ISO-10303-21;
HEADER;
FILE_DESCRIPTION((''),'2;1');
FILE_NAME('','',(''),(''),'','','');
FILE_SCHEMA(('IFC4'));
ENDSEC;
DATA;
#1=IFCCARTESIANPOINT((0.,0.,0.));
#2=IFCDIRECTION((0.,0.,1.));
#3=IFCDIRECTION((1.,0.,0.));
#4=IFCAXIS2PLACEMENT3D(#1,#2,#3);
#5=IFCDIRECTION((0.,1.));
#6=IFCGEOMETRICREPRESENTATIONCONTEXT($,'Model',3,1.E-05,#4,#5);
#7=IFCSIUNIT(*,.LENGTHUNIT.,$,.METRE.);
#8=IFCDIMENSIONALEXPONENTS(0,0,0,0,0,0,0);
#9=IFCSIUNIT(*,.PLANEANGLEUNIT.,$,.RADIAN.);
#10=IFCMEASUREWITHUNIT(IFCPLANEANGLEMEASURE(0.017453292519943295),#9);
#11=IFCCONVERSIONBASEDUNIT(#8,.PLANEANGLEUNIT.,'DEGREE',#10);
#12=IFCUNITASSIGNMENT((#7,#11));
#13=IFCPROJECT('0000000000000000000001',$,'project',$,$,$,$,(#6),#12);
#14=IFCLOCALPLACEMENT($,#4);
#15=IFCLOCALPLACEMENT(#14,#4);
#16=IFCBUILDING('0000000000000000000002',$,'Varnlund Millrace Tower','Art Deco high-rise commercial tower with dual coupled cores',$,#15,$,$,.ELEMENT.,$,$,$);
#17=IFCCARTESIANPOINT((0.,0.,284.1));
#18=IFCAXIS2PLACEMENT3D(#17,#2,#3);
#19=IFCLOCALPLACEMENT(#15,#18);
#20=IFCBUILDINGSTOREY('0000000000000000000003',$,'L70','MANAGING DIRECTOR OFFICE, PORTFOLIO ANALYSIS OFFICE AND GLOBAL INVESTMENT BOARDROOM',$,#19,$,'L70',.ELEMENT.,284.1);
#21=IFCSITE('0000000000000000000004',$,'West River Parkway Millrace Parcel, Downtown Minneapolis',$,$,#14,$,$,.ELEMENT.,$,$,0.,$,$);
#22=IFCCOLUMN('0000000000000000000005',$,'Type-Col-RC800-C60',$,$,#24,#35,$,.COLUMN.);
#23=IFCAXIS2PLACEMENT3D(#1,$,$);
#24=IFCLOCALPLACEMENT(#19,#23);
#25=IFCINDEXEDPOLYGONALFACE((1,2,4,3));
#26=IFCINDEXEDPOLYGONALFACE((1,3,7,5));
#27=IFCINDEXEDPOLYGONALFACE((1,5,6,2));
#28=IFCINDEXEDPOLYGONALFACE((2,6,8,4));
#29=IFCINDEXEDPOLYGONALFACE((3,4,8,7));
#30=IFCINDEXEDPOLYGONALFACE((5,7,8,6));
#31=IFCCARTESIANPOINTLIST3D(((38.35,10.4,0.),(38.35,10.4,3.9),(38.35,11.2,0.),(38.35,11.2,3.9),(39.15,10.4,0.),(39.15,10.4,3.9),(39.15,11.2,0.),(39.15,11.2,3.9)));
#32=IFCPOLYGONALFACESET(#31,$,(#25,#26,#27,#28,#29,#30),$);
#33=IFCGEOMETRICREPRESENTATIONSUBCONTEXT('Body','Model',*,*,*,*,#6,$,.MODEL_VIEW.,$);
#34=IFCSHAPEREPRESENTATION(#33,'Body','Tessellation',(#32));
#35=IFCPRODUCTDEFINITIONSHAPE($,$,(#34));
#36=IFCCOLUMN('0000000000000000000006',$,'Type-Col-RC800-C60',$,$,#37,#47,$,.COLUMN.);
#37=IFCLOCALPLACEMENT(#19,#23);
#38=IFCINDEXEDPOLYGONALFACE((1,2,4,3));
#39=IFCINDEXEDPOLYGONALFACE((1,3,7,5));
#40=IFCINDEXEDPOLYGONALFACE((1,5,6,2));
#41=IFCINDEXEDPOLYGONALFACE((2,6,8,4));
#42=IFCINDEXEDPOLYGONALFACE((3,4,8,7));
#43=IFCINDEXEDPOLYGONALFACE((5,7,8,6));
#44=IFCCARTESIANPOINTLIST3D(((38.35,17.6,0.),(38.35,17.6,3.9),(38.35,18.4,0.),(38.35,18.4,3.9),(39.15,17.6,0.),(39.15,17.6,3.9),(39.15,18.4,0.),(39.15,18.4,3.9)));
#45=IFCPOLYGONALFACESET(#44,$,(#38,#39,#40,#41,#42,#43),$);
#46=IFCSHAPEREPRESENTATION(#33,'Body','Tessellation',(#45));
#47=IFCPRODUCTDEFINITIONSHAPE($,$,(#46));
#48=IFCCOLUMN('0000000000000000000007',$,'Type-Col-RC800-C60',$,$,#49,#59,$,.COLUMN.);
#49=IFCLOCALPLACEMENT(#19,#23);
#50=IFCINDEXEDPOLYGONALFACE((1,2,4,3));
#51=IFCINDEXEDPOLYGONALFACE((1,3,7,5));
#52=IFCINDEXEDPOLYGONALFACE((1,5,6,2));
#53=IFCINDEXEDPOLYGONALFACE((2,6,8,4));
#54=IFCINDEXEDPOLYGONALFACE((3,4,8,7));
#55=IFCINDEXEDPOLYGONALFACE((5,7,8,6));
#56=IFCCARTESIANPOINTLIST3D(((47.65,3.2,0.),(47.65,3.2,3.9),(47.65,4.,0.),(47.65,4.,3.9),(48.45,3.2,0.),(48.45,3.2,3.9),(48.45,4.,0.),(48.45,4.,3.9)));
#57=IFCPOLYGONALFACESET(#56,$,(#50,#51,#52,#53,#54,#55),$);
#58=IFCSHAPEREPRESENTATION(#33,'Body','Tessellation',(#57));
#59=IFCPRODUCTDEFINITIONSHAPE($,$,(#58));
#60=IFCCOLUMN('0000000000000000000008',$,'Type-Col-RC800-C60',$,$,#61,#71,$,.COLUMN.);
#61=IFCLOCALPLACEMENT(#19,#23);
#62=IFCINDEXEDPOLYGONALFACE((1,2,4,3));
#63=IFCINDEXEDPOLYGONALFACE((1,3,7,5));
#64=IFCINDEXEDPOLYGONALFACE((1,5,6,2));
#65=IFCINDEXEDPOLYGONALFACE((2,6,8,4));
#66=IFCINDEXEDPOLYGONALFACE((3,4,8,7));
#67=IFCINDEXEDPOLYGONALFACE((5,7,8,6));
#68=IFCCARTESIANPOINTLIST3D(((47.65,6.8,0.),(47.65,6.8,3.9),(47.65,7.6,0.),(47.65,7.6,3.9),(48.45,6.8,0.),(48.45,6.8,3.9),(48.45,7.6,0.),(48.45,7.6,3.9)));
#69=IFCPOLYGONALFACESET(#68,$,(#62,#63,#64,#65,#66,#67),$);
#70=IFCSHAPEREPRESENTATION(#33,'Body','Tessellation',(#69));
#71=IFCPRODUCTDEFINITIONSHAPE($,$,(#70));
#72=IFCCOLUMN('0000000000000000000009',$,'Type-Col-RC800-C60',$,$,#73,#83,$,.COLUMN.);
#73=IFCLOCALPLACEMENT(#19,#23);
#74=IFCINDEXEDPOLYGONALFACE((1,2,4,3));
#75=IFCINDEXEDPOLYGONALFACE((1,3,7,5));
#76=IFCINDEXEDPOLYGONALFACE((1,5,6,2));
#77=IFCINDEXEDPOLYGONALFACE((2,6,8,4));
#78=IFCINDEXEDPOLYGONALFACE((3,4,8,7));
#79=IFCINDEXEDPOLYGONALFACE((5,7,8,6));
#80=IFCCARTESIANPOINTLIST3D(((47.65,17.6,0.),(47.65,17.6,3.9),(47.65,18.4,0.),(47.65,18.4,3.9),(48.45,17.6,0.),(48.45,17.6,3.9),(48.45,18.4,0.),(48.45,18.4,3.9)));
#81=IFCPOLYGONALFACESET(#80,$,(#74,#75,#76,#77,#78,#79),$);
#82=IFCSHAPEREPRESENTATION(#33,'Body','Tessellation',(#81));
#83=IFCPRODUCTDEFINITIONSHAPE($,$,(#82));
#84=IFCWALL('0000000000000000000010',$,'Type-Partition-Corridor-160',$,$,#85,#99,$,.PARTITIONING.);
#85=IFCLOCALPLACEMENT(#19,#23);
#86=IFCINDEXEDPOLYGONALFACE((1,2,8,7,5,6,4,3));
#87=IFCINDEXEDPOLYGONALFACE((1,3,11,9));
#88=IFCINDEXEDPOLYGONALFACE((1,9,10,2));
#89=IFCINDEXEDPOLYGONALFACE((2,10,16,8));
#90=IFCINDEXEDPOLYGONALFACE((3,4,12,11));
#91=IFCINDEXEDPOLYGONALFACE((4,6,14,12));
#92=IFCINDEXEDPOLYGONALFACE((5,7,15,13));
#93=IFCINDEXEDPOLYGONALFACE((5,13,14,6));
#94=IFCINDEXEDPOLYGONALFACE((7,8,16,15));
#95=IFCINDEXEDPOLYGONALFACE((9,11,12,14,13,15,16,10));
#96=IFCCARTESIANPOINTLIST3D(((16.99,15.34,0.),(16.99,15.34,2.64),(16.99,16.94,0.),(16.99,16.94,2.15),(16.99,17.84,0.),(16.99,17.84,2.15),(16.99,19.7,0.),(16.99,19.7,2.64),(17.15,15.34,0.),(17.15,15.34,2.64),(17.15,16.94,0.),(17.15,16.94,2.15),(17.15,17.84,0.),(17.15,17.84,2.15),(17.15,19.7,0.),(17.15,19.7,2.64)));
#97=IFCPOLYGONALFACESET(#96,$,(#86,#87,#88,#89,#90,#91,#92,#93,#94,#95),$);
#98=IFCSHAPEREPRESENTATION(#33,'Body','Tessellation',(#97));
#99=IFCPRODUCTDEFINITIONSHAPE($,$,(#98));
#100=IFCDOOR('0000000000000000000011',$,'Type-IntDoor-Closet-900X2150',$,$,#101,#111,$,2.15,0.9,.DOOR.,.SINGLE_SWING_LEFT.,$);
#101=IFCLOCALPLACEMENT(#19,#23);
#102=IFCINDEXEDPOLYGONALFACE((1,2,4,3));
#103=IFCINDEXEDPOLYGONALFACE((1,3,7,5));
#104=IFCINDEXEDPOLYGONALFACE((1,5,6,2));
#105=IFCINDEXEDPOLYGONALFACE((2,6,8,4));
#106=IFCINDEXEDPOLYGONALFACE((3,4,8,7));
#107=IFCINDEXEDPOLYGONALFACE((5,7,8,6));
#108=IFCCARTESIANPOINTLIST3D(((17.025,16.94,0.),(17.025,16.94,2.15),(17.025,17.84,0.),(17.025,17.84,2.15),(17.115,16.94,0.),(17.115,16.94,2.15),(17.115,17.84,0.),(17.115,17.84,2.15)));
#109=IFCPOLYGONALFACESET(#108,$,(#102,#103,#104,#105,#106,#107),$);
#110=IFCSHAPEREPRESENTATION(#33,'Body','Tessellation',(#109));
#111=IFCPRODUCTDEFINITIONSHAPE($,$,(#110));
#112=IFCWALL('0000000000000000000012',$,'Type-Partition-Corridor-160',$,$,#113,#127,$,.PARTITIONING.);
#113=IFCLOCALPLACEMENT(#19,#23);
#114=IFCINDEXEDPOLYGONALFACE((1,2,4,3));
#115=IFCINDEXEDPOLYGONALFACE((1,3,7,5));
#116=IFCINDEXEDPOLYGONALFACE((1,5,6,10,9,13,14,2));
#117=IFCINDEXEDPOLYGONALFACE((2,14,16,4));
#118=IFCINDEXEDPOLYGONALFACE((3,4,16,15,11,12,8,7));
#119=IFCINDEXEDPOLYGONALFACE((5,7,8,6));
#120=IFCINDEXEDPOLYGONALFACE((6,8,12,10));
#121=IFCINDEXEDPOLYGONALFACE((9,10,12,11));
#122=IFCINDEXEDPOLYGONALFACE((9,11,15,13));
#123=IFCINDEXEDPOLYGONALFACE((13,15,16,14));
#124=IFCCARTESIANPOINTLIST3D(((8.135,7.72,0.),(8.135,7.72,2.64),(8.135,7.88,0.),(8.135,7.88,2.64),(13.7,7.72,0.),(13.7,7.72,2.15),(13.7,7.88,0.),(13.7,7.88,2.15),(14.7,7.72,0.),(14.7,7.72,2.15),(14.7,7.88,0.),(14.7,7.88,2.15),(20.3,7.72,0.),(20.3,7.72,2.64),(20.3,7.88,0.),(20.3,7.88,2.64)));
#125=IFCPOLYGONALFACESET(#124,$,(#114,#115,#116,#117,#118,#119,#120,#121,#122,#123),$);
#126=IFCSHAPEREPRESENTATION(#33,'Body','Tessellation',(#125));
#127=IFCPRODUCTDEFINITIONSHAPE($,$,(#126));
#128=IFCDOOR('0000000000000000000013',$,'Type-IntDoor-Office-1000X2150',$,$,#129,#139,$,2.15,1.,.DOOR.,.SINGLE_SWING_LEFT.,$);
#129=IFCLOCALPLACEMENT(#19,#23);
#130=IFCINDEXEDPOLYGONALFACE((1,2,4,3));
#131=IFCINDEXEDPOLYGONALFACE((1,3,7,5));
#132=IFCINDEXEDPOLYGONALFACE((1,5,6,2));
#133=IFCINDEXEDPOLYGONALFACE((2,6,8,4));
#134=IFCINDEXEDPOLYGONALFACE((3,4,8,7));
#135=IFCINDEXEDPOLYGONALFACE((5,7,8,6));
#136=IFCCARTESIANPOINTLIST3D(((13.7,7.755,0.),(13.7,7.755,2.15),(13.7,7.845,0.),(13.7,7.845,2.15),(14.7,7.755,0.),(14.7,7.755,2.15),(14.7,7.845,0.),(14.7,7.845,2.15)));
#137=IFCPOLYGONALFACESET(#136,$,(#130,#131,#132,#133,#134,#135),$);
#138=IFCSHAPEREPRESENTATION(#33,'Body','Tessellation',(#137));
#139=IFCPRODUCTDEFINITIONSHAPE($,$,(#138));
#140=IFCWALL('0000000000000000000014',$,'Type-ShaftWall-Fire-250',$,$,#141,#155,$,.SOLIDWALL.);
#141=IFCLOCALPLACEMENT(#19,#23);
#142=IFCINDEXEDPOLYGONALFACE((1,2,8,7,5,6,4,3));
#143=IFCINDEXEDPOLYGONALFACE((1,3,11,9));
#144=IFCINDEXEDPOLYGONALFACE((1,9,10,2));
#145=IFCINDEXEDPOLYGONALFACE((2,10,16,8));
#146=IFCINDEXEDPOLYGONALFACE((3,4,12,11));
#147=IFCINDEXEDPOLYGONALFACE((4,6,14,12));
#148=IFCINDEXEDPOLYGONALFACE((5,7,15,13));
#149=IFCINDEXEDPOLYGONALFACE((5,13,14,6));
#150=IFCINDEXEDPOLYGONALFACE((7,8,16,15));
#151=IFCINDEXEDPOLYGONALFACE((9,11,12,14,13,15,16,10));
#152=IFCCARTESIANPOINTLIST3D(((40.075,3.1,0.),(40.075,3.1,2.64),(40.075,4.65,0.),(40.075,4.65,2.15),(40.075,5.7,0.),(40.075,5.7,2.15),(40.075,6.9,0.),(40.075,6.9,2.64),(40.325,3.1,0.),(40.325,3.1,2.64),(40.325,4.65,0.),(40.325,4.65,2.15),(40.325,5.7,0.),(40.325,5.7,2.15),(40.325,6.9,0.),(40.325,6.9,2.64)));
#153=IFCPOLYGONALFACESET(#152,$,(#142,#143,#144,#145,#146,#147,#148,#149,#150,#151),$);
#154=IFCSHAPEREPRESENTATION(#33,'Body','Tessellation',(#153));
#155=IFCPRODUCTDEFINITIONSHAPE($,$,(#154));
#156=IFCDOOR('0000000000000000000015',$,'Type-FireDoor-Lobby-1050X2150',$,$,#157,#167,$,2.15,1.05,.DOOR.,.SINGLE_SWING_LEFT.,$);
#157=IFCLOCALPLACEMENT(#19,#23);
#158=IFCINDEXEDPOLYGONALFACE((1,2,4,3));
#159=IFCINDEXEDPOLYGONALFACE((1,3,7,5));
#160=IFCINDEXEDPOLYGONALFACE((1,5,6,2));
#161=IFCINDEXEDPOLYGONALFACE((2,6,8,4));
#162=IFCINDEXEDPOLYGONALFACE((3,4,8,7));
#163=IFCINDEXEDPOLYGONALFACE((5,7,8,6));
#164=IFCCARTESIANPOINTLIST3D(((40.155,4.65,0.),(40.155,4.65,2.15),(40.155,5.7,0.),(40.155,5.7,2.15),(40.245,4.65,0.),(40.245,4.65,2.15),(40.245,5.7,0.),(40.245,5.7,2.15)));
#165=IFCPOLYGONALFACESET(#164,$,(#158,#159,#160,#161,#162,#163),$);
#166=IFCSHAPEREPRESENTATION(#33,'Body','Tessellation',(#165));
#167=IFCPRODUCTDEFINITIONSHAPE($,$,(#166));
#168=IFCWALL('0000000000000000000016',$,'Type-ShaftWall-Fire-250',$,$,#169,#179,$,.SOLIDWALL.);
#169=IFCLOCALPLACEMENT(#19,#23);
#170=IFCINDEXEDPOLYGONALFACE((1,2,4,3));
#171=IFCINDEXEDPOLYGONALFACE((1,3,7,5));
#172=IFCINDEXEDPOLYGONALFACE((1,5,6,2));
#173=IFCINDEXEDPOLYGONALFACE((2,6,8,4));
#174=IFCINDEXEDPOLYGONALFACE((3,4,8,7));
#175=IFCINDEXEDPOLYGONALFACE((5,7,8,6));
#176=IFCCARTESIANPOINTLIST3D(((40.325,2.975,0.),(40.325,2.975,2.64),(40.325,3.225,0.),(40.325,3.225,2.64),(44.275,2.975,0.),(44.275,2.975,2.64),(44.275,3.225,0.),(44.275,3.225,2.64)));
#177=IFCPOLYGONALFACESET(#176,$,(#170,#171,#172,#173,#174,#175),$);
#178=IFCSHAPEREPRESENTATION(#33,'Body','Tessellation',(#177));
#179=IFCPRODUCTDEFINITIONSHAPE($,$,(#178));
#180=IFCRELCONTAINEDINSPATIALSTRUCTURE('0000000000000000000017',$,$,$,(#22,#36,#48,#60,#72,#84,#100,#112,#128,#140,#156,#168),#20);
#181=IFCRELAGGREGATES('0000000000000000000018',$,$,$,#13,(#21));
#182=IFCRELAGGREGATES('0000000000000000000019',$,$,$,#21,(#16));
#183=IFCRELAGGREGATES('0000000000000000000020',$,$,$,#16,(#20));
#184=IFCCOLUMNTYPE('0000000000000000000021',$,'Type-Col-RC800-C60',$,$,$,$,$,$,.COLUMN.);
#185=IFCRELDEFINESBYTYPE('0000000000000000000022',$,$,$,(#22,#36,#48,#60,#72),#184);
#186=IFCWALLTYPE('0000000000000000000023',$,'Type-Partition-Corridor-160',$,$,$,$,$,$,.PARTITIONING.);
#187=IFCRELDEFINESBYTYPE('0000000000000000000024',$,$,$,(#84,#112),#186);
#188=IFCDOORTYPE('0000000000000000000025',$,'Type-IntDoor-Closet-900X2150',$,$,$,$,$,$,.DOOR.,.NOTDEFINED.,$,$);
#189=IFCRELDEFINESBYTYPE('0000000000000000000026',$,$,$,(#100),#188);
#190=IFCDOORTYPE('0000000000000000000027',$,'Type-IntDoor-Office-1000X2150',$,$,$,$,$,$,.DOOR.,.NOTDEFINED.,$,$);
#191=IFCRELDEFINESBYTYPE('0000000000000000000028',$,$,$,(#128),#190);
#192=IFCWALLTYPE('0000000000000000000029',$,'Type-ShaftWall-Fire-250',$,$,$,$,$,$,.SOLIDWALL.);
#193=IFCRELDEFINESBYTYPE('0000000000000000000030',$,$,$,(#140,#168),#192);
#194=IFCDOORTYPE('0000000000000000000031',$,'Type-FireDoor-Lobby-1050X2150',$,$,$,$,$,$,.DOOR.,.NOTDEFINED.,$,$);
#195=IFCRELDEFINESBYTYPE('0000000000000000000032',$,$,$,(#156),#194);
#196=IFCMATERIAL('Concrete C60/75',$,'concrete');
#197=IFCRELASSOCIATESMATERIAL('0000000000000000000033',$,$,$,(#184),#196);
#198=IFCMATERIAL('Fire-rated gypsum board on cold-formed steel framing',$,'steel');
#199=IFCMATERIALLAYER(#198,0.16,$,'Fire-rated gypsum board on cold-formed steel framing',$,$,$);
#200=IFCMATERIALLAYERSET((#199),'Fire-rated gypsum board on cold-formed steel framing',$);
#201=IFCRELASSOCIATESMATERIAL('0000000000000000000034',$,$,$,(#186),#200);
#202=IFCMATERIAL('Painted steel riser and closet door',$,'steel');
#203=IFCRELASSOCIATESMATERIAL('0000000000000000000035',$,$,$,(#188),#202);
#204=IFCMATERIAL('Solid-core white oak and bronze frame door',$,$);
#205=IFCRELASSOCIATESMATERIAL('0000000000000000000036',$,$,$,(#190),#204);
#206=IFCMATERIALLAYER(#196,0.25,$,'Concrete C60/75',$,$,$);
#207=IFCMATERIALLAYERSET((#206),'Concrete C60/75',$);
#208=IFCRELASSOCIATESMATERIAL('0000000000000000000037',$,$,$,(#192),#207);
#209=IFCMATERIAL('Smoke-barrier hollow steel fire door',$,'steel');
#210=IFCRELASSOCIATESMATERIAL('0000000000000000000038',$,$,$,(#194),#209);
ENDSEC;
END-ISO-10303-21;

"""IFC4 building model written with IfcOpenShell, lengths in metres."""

from ifc_helpers import new_model, entity, si_unit, converted_unit, direction, frame, origin_with_axes, origin_2d_with_axis, place, context, subcontext, project, spatial, polyline, rectangle, outline, extrude, material, layer, layer_set, material_profile, profile_set, type_object, element, fill, save


model = new_model("IFC4")

# Units and contexts
model_context = context("Model", 3, precision=1e-05, world=origin_with_axes(), true_north=direction((0.0, 1.0)))
body_context = subcontext(model_context, "Body", "Model", "MODEL_VIEW")
ifc_project = project(units=[si_unit("LENGTHUNIT", "METRE"), converted_unit("PLANEANGLEUNIT", "DEGREE", entity("IfcPlaneAngleMeasure", 0.017453292519943295), si_unit("PLANEANGLEUNIT", "RADIAN"), dimensions=[0, 0, 0, 0, 0, 0, 0])], contexts=[model_context])

# Site, building, storey
site_placement = place(None, origin_with_axes())
site = spatial("IfcSite", under=ifc_project, at=site_placement, Name="West River Parkway Millrace Parcel, Downtown Minneapolis", CompositionType="ELEMENT", RefElevation=0.0)
building_placement = place(site_placement, origin_with_axes())
building = spatial("IfcBuilding", under=site, at=building_placement, Name="Varnlund Millrace Tower", Description="Art Deco high-rise commercial tower with dual coupled cores", CompositionType="ELEMENT")
storey_placement = place(building_placement, frame((0.0, 0.0, 284.1), z_axis=(0.0, 0.0, 1.0), x_axis=(1.0, 0.0, 0.0)))
storey = spatial("IfcBuildingStorey", under=building, at=storey_placement, Name="L70", Description="MANAGING DIRECTOR OFFICE, PORTFOLIO ANALYSIS OFFICE AND GLOBAL INVESTMENT BOARDROOM", LongName="L70", CompositionType="ELEMENT", Elevation=284.1)

# Columns
ifc_material_1 = material(Name="Concrete C60/75", Category="concrete")
ifc_material_profile_1 = material_profile(ifc_material_1, rectangle(XDim=0.8, YDim=0.8, at=origin_2d_with_axis()), Name="Concrete C60/75")
ifc_profile_set_1 = profile_set([ifc_material_profile_1], Name="Concrete C60/75")
column_type_1 = type_object("IfcColumnType", Name="Type-Col-RC800-C60", PredefinedType="COLUMN", material=ifc_profile_set_1)
for number, where, z_axis, x_axis, name in (
    (1, (38.75, 10.8, 0.0), (0.0, 0.0, 1.0), (1.0, 0.0, 0.0), "Type-Col-RC800-C60"),
    (2, (38.75, 18.0, 0.0), (0.0, 0.0, 1.0), (1.0, 0.0, 0.0), "Type-Col-RC800-C60"),
    (3, (48.05, 3.6, 0.0), (0.0, 0.0, 1.0), (1.0, 0.0, 0.0), "Type-Col-RC800-C60"),
    (4, (48.05, 7.2, 0.0), (0.0, 0.0, 1.0), (1.0, 0.0, 0.0), "Type-Col-RC800-C60"),
    (5, (48.05, 18.0, 0.0), (0.0, 0.0, 1.0), (1.0, 0.0, 0.0), "Type-Col-RC800-C60"),
):
    element("IfcColumn", number, at=place(storey_placement, frame(where, z_axis=z_axis, x_axis=x_axis)), inside=storey, type_object=column_type_1, Name=name, PredefinedType="COLUMN", context=body_context, shape_type="SweptSolid", body=[
        extrude(rectangle(XDim=0.8, YDim=0.8, at=origin_2d_with_axis()), origin_with_axes(), (0.0, 0.0, 1.0), 3.9),
    ])

# Walls, openings, doors
ifc_material_2 = material(Name="Fire-rated gypsum board on cold-formed steel framing", Category="steel")
ifc_layer_1 = layer(ifc_material_2, 0.16, Name="Fire-rated gypsum board on cold-formed steel framing")
ifc_layer_set_1 = layer_set([ifc_layer_1], Name="Fire-rated gypsum board on cold-formed steel framing")
wall_type_1 = type_object("IfcWallType", Name="Type-Partition-Corridor-160", PredefinedType="PARTITIONING", material=ifc_layer_set_1)
wall_1_placement = place(storey_placement, frame((17.07, 15.34, 0.0), z_axis=(0.0, 0.0, 1.0), x_axis=(0.0, 1.0, 0.0)))
wall_1 = element("IfcWall", 6, at=wall_1_placement, inside=storey, type_object=wall_type_1, Name="Type-Partition-Corridor-160", PredefinedType="PARTITIONING", context=body_context, shape_type="SweptSolid", body=[
    extrude(outline(polyline([(0.0, -0.08), (4.36, -0.08), (4.36, 0.08), (0.0, 0.08), (0.0, -0.08)])), origin_with_axes(), (0.0, 0.0, 1.0), 2.64),
])
opening_1_placement = place(wall_1_placement, frame((2.05, 0.0, 0.0), z_axis=(0.0, 0.0, 1.0), x_axis=(1.0, 0.0, 0.0)))
opening_1 = element("IfcOpeningElement", 7, at=opening_1_placement, cuts=wall_1, PredefinedType="OPENING", context=body_context, shape_type="SweptSolid", body=[
    extrude(rectangle(XDim=0.9, YDim=0.18, at=origin_2d_with_axis()), origin_with_axes(), (0.0, 0.0, 1.0), 2.15),
])
ifc_material_3 = material(Name="Painted steel riser and closet door", Category="steel")
door_type_1 = type_object("IfcDoorType", Name="Type-IntDoor-Closet-900X2150", OperationType="NOTDEFINED", PredefinedType="DOOR", material=ifc_material_3)
door_1_placement = place(wall_1_placement, frame((2.05, 0.0, 0.0), z_axis=(0.0, 0.0, 1.0), x_axis=(1.0, 0.0, 0.0)))
door_1 = element("IfcDoor", 8, at=door_1_placement, inside=storey, type_object=door_type_1, Name="Type-IntDoor-Closet-900X2150", OperationType="SINGLE_SWING_LEFT", OverallHeight=2.15, OverallWidth=0.9, PredefinedType="DOOR", context=body_context, shape_type="SweptSolid", body=[
    extrude(rectangle(XDim=0.9, YDim=0.09, at=origin_2d_with_axis()), origin_with_axes(), (0.0, 0.0, 1.0), 2.15),
])
fill(opening_1, door_1)
wall_2_placement = place(storey_placement, frame((8.135, 7.8, 0.0), z_axis=(0.0, 0.0, 1.0), x_axis=(1.0, 0.0, 0.0)))
wall_2 = element("IfcWall", 9, at=wall_2_placement, inside=storey, type_object=wall_type_1, Name="Type-Partition-Corridor-160", PredefinedType="PARTITIONING", context=body_context, shape_type="SweptSolid", body=[
    extrude(outline(polyline([(0.0, -0.08), (12.165, -0.08), (12.165, 0.08), (0.0, 0.08), (0.0, -0.08)])), origin_with_axes(), (0.0, 0.0, 1.0), 2.64),
])
opening_2_placement = place(wall_2_placement, frame((6.065, 0.0, 0.0), z_axis=(0.0, 0.0, 1.0), x_axis=(1.0, 0.0, 0.0)))
opening_2 = element("IfcOpeningElement", 10, at=opening_2_placement, cuts=wall_2, PredefinedType="OPENING", context=body_context, shape_type="SweptSolid", body=[
    extrude(rectangle(XDim=1.0, YDim=0.18, at=origin_2d_with_axis()), origin_with_axes(), (0.0, 0.0, 1.0), 2.15),
])
ifc_material_4 = material(Name="Solid-core white oak and bronze frame door")
door_type_2 = type_object("IfcDoorType", Name="Type-IntDoor-Office-1000X2150", OperationType="NOTDEFINED", PredefinedType="DOOR", material=ifc_material_4)
door_2_placement = place(wall_2_placement, frame((6.065, 0.0, 0.0), z_axis=(0.0, 0.0, 1.0), x_axis=(1.0, 0.0, 0.0)))
door_2 = element("IfcDoor", 11, at=door_2_placement, inside=storey, type_object=door_type_2, Name="Type-IntDoor-Office-1000X2150", OperationType="SINGLE_SWING_LEFT", OverallHeight=2.15, OverallWidth=1.0, PredefinedType="DOOR", context=body_context, shape_type="SweptSolid", body=[
    extrude(rectangle(XDim=1.0, YDim=0.09, at=origin_2d_with_axis()), origin_with_axes(), (0.0, 0.0, 1.0), 2.15),
])
fill(opening_2, door_2)
ifc_layer_2 = layer(ifc_material_1, 0.25, Name="Concrete C60/75")
ifc_layer_set_2 = layer_set([ifc_layer_2], Name="Concrete C60/75")
wall_type_2 = type_object("IfcWallType", Name="Type-ShaftWall-Fire-250", PredefinedType="SOLIDWALL", material=ifc_layer_set_2)
wall_3_placement = place(storey_placement, frame((40.2, 3.1, 0.0), z_axis=(0.0, 0.0, 1.0), x_axis=(0.0, 1.0, 0.0)))
wall_3 = element("IfcWall", 12, at=wall_3_placement, inside=storey, type_object=wall_type_2, Name="Type-ShaftWall-Fire-250", PredefinedType="SOLIDWALL", context=body_context, shape_type="SweptSolid", body=[
    extrude(outline(polyline([(0.0, -0.125), (3.8, -0.125), (3.8, 0.125), (0.0, 0.125), (0.0, -0.125)])), origin_with_axes(), (0.0, 0.0, 1.0), 2.64),
])
opening_3_placement = place(wall_3_placement, frame((2.075, 0.0, 0.0), z_axis=(0.0, 0.0, 1.0), x_axis=(1.0, 0.0, 0.0)))
opening_3 = element("IfcOpeningElement", 13, at=opening_3_placement, cuts=wall_3, PredefinedType="OPENING", context=body_context, shape_type="SweptSolid", body=[
    extrude(rectangle(XDim=1.05, YDim=0.27, at=origin_2d_with_axis()), origin_with_axes(), (0.0, 0.0, 1.0), 2.15),
])
ifc_material_5 = material(Name="Smoke-barrier hollow steel fire door", Category="steel")
door_type_3 = type_object("IfcDoorType", Name="Type-FireDoor-Lobby-1050X2150", OperationType="NOTDEFINED", PredefinedType="DOOR", material=ifc_material_5)
door_3_placement = place(wall_3_placement, frame((2.075, 0.0, 0.0), z_axis=(0.0, 0.0, 1.0), x_axis=(1.0, 0.0, 0.0)))
door_3 = element("IfcDoor", 14, at=door_3_placement, inside=storey, type_object=door_type_3, Name="Type-FireDoor-Lobby-1050X2150", OperationType="SINGLE_SWING_LEFT", OverallHeight=2.15, OverallWidth=1.05, PredefinedType="DOOR", context=body_context, shape_type="SweptSolid", body=[
    extrude(rectangle(XDim=1.05, YDim=0.09, at=origin_2d_with_axis()), origin_with_axes(), (0.0, 0.0, 1.0), 2.15),
])
fill(opening_3, door_3)

# Wall
wall_4_placement = place(storey_placement, frame((40.325, 3.1, 0.0), z_axis=(0.0, 0.0, 1.0), x_axis=(1.0, 0.0, 0.0)))
element("IfcWall", 15, at=wall_4_placement, inside=storey, type_object=wall_type_2, Name="Type-ShaftWall-Fire-250", PredefinedType="SOLIDWALL", context=body_context, shape_type="SweptSolid", body=[
    extrude(outline(polyline([(0.0, -0.125), (3.95, -0.125), (3.95, 0.125), (0.0, 0.125), (0.0, -0.125)])), origin_with_axes(), (0.0, 0.0, 1.0), 2.64),
])

save(model, "model.ifc")
